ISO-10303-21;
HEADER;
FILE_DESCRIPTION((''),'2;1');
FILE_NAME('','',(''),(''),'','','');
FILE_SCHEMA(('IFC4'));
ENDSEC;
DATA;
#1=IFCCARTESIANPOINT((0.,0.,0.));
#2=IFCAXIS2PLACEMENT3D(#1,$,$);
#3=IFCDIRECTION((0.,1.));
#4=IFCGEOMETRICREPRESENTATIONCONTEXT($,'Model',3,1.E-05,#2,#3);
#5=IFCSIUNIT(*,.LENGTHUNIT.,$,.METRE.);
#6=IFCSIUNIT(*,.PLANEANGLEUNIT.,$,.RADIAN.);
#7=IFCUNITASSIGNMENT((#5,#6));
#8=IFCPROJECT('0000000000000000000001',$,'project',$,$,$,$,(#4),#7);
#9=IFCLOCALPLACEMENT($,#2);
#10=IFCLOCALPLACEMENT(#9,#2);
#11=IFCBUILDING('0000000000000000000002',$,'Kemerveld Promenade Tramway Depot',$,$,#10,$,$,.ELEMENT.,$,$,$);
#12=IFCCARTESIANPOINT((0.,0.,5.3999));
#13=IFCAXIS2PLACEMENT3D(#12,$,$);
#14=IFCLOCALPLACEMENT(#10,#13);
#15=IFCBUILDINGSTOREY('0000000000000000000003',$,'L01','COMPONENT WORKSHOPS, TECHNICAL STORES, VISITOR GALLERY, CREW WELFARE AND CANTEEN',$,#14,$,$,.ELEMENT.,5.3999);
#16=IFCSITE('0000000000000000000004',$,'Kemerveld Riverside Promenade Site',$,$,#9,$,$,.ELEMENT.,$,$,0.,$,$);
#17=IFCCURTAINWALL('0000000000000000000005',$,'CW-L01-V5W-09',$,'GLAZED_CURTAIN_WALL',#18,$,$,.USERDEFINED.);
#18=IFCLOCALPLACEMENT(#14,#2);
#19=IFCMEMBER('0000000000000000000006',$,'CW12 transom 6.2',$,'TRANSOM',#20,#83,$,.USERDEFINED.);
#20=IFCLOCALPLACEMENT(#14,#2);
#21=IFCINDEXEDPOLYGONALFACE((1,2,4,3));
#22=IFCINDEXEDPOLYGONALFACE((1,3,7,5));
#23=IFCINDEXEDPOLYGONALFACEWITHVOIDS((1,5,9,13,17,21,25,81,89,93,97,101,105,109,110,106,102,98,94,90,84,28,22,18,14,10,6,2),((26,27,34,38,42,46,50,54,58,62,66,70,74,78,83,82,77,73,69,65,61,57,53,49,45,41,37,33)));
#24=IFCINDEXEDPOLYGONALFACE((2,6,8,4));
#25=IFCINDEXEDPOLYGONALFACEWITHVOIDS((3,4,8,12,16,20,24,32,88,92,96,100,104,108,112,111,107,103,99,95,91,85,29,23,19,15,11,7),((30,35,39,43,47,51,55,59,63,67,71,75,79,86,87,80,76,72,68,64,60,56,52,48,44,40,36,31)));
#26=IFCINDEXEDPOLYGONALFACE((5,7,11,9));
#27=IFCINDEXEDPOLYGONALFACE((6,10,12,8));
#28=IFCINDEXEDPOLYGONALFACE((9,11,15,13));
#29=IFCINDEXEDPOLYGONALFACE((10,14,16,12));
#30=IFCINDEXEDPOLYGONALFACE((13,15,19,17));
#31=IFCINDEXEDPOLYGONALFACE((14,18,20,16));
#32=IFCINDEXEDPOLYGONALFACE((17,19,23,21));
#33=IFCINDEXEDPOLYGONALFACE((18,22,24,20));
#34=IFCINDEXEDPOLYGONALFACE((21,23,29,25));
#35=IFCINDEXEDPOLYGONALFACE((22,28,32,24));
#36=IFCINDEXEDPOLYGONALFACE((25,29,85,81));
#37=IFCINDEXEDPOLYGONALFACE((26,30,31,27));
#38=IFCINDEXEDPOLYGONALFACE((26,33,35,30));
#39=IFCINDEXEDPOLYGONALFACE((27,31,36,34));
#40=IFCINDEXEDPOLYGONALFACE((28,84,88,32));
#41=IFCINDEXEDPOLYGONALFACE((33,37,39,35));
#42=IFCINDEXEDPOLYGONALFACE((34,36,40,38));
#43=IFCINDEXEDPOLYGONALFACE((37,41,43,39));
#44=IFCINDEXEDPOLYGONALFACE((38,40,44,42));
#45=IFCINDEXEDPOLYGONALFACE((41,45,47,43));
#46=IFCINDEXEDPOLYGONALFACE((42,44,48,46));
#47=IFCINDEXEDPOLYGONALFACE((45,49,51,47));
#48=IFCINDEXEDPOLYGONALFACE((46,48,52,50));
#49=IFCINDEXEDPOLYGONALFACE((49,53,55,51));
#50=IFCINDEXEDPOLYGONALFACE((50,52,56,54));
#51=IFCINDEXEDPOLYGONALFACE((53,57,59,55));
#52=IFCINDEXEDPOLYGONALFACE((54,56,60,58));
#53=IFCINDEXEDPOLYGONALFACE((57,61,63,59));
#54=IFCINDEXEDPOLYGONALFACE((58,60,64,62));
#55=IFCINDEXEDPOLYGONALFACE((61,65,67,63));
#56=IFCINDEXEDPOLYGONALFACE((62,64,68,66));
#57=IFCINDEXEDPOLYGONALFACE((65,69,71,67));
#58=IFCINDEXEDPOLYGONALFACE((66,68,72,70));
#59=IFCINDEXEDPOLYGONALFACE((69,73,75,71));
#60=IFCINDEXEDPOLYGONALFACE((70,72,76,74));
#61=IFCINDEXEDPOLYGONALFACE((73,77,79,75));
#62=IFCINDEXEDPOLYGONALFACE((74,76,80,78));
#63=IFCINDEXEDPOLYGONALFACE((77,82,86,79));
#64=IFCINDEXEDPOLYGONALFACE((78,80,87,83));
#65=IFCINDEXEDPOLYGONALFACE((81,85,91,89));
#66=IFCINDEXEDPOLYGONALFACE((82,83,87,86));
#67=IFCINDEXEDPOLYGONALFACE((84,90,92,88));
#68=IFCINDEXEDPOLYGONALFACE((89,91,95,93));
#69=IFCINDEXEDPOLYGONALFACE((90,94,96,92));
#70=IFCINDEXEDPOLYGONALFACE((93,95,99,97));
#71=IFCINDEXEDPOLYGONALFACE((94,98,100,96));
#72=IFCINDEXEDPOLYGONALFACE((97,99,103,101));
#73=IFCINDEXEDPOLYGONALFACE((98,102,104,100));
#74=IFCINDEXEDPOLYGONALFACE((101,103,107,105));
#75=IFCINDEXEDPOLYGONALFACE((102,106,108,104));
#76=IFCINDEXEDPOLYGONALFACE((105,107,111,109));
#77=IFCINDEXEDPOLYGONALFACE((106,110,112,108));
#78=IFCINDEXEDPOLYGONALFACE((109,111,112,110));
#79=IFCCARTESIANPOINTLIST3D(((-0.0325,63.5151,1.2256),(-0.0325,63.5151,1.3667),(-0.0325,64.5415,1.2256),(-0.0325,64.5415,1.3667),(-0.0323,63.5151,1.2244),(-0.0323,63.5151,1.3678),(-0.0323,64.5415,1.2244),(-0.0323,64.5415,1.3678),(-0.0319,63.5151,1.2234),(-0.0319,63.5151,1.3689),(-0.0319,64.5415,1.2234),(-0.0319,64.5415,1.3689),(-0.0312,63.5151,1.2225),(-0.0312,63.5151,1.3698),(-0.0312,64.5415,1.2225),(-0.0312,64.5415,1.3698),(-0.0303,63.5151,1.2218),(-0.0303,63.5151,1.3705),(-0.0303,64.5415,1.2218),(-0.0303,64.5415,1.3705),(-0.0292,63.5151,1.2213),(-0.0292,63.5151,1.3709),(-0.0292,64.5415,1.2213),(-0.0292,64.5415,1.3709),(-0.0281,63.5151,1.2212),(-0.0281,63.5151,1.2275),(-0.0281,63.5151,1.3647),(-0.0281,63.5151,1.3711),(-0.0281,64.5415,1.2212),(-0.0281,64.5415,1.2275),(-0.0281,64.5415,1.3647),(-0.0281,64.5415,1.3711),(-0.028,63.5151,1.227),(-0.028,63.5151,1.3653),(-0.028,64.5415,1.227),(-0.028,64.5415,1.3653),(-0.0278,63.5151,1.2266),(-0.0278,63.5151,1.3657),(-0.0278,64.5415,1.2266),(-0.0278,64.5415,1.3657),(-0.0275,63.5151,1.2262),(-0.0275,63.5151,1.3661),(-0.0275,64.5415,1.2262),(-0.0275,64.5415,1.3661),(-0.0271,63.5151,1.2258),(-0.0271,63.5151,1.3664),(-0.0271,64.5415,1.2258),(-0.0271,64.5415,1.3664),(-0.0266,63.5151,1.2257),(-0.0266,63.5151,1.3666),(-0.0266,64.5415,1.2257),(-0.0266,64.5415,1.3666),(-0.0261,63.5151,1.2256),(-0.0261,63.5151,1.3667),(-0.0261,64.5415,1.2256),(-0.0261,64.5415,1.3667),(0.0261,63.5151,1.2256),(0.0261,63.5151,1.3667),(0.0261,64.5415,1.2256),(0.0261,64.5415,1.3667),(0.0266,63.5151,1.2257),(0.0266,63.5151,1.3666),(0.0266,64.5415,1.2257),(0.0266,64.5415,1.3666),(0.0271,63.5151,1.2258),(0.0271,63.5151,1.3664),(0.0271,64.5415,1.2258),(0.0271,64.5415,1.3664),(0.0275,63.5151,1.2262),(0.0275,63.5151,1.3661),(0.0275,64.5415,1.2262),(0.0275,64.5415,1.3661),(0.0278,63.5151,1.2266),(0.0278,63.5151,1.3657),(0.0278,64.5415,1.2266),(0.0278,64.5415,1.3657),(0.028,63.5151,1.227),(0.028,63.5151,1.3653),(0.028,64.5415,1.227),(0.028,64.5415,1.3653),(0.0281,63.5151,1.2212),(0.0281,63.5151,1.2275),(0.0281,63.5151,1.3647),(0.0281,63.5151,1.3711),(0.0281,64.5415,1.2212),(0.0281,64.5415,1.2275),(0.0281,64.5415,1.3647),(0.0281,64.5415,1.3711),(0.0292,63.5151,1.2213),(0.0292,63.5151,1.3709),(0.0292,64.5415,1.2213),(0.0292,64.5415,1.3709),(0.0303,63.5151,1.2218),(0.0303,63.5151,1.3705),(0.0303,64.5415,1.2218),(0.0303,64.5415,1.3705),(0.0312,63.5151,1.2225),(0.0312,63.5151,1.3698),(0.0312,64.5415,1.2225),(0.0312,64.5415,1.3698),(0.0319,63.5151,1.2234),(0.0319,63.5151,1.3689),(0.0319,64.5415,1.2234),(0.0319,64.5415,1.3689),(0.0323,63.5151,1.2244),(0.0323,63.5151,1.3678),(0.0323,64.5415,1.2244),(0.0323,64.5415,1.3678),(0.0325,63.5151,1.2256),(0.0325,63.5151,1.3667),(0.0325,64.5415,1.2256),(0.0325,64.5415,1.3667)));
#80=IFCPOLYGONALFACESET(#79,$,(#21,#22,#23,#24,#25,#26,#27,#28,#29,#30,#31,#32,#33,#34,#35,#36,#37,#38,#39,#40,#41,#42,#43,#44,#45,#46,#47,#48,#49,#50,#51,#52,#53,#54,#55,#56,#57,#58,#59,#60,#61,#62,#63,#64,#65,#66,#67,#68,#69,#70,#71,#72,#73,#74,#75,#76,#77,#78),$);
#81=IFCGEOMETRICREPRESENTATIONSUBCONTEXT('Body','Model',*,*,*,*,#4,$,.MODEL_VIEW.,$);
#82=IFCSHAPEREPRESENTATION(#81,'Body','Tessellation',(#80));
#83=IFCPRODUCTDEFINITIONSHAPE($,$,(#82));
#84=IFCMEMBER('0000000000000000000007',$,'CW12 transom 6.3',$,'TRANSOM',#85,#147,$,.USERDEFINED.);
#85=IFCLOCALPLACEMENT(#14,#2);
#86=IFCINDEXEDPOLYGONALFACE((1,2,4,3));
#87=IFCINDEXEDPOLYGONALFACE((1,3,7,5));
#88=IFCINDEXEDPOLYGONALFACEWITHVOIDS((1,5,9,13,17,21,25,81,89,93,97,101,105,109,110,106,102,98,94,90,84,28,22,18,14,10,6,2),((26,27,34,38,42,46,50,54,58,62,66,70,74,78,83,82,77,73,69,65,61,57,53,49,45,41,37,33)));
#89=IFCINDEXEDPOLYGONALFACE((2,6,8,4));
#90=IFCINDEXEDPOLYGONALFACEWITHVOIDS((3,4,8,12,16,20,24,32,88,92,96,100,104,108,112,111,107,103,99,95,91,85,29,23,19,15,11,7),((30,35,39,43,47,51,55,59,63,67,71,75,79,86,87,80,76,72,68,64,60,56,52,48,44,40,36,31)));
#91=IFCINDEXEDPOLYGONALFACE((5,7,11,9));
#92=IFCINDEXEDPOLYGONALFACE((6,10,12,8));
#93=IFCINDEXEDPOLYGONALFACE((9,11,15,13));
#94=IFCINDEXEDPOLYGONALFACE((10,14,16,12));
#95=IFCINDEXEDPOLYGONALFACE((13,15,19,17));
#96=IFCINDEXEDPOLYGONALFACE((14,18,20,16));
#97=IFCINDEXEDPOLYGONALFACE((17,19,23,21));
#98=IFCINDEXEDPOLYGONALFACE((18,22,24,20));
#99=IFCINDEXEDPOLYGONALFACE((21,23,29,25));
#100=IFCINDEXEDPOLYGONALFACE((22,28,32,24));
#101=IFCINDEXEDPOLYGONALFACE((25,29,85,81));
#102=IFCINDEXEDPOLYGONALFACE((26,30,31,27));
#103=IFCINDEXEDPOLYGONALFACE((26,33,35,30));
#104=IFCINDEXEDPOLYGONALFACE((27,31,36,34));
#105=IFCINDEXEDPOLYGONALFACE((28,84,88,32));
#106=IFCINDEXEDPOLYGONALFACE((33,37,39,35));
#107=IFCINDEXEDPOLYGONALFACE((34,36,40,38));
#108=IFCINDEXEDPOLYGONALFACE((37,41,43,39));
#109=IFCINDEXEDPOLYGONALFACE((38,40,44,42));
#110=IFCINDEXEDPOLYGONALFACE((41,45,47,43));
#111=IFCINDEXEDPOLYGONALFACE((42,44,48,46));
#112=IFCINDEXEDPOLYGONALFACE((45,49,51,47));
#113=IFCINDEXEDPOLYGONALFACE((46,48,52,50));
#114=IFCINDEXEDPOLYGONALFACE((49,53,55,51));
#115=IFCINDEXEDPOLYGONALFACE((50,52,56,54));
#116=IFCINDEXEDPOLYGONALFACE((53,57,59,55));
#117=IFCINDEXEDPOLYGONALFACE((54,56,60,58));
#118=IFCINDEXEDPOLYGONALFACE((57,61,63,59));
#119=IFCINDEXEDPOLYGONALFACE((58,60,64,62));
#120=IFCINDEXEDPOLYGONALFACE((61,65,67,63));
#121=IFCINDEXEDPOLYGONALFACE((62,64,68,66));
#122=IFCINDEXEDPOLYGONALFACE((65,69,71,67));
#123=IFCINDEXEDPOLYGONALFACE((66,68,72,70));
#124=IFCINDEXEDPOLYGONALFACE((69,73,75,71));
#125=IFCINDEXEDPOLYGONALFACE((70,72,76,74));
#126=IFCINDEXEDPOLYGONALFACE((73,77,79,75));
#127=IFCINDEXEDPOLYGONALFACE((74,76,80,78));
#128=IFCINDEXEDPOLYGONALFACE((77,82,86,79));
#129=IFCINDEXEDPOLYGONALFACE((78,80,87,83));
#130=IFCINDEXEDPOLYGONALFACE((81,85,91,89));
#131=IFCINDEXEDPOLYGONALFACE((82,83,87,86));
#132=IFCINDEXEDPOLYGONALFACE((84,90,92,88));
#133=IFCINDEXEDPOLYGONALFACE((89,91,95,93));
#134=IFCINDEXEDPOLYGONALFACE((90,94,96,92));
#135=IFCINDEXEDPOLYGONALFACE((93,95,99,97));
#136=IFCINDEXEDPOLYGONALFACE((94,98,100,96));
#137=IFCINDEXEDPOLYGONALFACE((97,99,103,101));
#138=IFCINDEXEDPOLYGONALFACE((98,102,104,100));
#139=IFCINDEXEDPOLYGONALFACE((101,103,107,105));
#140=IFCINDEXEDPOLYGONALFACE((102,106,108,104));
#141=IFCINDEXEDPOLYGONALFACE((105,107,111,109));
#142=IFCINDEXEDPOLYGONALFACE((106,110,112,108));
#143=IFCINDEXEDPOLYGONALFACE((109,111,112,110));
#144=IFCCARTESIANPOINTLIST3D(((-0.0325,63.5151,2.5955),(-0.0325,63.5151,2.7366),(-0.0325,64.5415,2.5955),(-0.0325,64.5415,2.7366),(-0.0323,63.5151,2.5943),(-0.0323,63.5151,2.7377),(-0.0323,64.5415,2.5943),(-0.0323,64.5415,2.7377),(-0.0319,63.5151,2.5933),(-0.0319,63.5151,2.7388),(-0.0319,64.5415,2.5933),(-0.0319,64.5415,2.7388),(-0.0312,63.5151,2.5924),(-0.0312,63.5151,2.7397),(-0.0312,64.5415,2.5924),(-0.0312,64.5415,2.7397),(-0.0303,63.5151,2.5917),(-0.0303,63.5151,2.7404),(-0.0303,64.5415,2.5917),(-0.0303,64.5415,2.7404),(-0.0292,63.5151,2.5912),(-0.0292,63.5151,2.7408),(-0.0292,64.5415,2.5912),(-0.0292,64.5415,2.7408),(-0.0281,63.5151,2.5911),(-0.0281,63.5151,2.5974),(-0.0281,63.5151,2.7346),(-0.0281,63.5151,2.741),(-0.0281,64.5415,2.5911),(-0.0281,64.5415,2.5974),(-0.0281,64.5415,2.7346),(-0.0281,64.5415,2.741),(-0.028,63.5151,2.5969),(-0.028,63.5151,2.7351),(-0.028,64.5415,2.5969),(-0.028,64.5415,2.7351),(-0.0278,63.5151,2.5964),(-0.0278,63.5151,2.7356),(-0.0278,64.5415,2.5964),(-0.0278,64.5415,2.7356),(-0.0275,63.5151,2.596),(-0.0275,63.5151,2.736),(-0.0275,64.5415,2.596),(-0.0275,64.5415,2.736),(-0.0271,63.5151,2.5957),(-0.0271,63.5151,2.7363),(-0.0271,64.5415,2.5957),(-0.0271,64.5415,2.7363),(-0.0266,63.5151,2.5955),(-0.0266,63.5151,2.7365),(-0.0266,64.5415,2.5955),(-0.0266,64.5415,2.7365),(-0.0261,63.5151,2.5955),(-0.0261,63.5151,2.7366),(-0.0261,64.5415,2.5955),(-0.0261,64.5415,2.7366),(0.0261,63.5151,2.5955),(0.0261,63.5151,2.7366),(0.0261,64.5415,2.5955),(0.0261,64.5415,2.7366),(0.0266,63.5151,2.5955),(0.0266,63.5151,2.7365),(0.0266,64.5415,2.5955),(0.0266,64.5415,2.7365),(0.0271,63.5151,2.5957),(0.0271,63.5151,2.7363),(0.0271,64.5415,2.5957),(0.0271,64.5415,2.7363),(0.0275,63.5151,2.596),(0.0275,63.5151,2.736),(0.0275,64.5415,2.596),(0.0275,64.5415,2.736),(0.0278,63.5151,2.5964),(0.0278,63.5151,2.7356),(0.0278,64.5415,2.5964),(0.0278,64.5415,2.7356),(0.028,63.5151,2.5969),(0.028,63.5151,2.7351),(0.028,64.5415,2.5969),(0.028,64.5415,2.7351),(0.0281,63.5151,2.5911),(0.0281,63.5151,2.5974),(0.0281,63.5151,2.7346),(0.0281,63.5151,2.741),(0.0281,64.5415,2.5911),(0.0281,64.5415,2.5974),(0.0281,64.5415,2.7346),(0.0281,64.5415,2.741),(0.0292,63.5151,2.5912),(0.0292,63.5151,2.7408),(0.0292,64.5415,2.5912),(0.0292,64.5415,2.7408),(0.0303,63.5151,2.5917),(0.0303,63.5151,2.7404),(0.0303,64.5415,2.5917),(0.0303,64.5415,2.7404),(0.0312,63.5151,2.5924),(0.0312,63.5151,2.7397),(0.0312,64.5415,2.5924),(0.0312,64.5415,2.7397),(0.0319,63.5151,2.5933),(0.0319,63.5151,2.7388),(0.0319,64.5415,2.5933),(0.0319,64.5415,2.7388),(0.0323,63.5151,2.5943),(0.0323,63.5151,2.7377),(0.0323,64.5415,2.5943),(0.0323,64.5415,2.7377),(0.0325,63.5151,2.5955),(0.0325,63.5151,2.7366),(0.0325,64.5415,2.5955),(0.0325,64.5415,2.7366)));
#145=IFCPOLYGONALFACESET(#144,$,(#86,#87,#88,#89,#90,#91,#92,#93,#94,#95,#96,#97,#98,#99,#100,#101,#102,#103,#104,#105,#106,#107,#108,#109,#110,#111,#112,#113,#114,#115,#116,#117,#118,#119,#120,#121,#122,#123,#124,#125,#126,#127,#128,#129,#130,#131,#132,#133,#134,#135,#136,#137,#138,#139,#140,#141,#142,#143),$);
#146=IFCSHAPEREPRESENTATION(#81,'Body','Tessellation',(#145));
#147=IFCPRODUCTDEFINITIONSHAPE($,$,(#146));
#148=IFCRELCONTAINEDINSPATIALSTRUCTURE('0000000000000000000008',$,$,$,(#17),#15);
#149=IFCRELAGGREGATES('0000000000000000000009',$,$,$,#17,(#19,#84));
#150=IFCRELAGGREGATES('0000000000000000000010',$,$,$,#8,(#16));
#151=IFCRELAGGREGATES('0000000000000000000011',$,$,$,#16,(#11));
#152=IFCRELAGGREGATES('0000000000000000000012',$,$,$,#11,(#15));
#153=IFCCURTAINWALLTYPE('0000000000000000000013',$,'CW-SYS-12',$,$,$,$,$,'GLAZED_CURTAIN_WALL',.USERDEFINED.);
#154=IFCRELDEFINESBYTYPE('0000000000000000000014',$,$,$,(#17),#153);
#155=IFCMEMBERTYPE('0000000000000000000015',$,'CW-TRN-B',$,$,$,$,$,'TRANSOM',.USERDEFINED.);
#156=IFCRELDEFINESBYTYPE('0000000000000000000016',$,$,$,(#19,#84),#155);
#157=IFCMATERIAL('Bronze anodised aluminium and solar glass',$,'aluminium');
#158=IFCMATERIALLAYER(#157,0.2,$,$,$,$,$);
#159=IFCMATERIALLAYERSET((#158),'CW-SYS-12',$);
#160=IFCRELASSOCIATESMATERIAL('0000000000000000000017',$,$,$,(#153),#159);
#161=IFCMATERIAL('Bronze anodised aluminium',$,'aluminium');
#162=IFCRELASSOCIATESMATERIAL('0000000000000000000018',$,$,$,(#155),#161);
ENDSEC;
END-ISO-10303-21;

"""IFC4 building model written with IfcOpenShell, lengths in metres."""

from ifc_helpers import new_model, si_unit, direction, frame, origin, origin_2d, place, context, subcontext, project, spatial, hollow_rectangle, extrude, material, layer, layer_set, material_profile, profile_set, type_object, element, aggregate, save


model = new_model("IFC4")

# Units and contexts
model_context = context("Model", 3, precision=1e-05, world=origin(), true_north=direction((0.0, 1.0)))
body_context = subcontext(model_context, "Body", "Model", "MODEL_VIEW")
ifc_project = project(units=[si_unit("LENGTHUNIT", "METRE"), si_unit("PLANEANGLEUNIT", "RADIAN")], contexts=[model_context])

# Site, building, storey
site_placement = place(None, origin())
site = spatial("IfcSite", under=ifc_project, at=site_placement, Name="Kemerveld Riverside Promenade Site", CompositionType="ELEMENT", RefElevation=0.0)
building_placement = place(site_placement, origin())
building = spatial("IfcBuilding", under=site, at=building_placement, Name="Kemerveld Promenade Tramway Depot", CompositionType="ELEMENT")
storey_placement = place(building_placement, frame((0.0, 0.0, 5.3999)))
storey = spatial("IfcBuildingStorey", under=building, at=storey_placement, Name="L01", Description="COMPONENT WORKSHOPS, TECHNICAL STORES, VISITOR GALLERY, CREW WELFARE AND CANTEEN", CompositionType="ELEMENT", Elevation=5.3999)

# Curtain wall, members
ifc_material_1 = material(Name="Bronze anodised aluminium and solar glass", Category="aluminium")
ifc_layer_1 = layer(ifc_material_1, 0.2)
ifc_layer_set_1 = layer_set([ifc_layer_1], Name="CW-SYS-12")
curtain_wall_type = type_object("IfcCurtainWallType", Name="CW-SYS-12", ElementType="GLAZED_CURTAIN_WALL", PredefinedType="USERDEFINED", material=ifc_layer_set_1)
curtain_wall_placement = place(storey_placement, origin())
curtain_wall = element("IfcCurtainWall", 1, at=curtain_wall_placement, inside=storey, type_object=curtain_wall_type, Name="CW-L01-V5W-09", ObjectType="GLAZED_CURTAIN_WALL", PredefinedType="USERDEFINED")
ifc_material_2 = material(Name="Bronze anodised aluminium", Category="aluminium")
ifc_material_profile_1 = material_profile(ifc_material_2, hollow_rectangle(XDim=0.0649, YDim=0.1499, WallThickness=0.0044, InnerFilletRadius=0.002, OuterFilletRadius=0.0044, at=origin_2d()), Name="CW-TRN-150x65")
ifc_profile_set_1 = profile_set([ifc_material_profile_1], Name="Bronze anodised aluminium")
member_type_1 = type_object("IfcMemberType", Name="CW-TRN-B", ElementType="TRANSOM", PredefinedType="USERDEFINED", material=ifc_profile_set_1)
member_1_placement = place(storey_placement, frame((0.0, 63.5151, 1.2961), z_axis=(0.0, 1.0, 0.0), x_axis=(-1.0, 0.0, 0.0)))
member_1 = element("IfcMember", 2, at=member_1_placement, type_object=member_type_1, Name="CW12 transom 6.2", ObjectType="TRANSOM", PredefinedType="USERDEFINED", context=body_context, shape_type="SweptSolid", body=[
    extrude(hollow_rectangle(XDim=0.0649, YDim=0.1499, WallThickness=0.0044, InnerFilletRadius=0.002, OuterFilletRadius=0.0044, at=origin_2d()), origin(), (0.0, 0.0, 1.0), 1.0264),
])
member_2_placement = place(storey_placement, frame((0.0, 63.5151, 2.666), z_axis=(0.0, 1.0, 0.0), x_axis=(-1.0, 0.0, 0.0)))
member_2 = element("IfcMember", 3, at=member_2_placement, type_object=member_type_1, Name="CW12 transom 6.3", ObjectType="TRANSOM", PredefinedType="USERDEFINED", context=body_context, shape_type="SweptSolid", body=[
    extrude(hollow_rectangle(XDim=0.0649, YDim=0.1499, WallThickness=0.0044, InnerFilletRadius=0.002, OuterFilletRadius=0.0044, at=origin_2d()), origin(), (0.0, 0.0, 1.0), 1.0264),
])
aggregate(curtain_wall, [member_1, member_2])

save(model, "model.ifc")
